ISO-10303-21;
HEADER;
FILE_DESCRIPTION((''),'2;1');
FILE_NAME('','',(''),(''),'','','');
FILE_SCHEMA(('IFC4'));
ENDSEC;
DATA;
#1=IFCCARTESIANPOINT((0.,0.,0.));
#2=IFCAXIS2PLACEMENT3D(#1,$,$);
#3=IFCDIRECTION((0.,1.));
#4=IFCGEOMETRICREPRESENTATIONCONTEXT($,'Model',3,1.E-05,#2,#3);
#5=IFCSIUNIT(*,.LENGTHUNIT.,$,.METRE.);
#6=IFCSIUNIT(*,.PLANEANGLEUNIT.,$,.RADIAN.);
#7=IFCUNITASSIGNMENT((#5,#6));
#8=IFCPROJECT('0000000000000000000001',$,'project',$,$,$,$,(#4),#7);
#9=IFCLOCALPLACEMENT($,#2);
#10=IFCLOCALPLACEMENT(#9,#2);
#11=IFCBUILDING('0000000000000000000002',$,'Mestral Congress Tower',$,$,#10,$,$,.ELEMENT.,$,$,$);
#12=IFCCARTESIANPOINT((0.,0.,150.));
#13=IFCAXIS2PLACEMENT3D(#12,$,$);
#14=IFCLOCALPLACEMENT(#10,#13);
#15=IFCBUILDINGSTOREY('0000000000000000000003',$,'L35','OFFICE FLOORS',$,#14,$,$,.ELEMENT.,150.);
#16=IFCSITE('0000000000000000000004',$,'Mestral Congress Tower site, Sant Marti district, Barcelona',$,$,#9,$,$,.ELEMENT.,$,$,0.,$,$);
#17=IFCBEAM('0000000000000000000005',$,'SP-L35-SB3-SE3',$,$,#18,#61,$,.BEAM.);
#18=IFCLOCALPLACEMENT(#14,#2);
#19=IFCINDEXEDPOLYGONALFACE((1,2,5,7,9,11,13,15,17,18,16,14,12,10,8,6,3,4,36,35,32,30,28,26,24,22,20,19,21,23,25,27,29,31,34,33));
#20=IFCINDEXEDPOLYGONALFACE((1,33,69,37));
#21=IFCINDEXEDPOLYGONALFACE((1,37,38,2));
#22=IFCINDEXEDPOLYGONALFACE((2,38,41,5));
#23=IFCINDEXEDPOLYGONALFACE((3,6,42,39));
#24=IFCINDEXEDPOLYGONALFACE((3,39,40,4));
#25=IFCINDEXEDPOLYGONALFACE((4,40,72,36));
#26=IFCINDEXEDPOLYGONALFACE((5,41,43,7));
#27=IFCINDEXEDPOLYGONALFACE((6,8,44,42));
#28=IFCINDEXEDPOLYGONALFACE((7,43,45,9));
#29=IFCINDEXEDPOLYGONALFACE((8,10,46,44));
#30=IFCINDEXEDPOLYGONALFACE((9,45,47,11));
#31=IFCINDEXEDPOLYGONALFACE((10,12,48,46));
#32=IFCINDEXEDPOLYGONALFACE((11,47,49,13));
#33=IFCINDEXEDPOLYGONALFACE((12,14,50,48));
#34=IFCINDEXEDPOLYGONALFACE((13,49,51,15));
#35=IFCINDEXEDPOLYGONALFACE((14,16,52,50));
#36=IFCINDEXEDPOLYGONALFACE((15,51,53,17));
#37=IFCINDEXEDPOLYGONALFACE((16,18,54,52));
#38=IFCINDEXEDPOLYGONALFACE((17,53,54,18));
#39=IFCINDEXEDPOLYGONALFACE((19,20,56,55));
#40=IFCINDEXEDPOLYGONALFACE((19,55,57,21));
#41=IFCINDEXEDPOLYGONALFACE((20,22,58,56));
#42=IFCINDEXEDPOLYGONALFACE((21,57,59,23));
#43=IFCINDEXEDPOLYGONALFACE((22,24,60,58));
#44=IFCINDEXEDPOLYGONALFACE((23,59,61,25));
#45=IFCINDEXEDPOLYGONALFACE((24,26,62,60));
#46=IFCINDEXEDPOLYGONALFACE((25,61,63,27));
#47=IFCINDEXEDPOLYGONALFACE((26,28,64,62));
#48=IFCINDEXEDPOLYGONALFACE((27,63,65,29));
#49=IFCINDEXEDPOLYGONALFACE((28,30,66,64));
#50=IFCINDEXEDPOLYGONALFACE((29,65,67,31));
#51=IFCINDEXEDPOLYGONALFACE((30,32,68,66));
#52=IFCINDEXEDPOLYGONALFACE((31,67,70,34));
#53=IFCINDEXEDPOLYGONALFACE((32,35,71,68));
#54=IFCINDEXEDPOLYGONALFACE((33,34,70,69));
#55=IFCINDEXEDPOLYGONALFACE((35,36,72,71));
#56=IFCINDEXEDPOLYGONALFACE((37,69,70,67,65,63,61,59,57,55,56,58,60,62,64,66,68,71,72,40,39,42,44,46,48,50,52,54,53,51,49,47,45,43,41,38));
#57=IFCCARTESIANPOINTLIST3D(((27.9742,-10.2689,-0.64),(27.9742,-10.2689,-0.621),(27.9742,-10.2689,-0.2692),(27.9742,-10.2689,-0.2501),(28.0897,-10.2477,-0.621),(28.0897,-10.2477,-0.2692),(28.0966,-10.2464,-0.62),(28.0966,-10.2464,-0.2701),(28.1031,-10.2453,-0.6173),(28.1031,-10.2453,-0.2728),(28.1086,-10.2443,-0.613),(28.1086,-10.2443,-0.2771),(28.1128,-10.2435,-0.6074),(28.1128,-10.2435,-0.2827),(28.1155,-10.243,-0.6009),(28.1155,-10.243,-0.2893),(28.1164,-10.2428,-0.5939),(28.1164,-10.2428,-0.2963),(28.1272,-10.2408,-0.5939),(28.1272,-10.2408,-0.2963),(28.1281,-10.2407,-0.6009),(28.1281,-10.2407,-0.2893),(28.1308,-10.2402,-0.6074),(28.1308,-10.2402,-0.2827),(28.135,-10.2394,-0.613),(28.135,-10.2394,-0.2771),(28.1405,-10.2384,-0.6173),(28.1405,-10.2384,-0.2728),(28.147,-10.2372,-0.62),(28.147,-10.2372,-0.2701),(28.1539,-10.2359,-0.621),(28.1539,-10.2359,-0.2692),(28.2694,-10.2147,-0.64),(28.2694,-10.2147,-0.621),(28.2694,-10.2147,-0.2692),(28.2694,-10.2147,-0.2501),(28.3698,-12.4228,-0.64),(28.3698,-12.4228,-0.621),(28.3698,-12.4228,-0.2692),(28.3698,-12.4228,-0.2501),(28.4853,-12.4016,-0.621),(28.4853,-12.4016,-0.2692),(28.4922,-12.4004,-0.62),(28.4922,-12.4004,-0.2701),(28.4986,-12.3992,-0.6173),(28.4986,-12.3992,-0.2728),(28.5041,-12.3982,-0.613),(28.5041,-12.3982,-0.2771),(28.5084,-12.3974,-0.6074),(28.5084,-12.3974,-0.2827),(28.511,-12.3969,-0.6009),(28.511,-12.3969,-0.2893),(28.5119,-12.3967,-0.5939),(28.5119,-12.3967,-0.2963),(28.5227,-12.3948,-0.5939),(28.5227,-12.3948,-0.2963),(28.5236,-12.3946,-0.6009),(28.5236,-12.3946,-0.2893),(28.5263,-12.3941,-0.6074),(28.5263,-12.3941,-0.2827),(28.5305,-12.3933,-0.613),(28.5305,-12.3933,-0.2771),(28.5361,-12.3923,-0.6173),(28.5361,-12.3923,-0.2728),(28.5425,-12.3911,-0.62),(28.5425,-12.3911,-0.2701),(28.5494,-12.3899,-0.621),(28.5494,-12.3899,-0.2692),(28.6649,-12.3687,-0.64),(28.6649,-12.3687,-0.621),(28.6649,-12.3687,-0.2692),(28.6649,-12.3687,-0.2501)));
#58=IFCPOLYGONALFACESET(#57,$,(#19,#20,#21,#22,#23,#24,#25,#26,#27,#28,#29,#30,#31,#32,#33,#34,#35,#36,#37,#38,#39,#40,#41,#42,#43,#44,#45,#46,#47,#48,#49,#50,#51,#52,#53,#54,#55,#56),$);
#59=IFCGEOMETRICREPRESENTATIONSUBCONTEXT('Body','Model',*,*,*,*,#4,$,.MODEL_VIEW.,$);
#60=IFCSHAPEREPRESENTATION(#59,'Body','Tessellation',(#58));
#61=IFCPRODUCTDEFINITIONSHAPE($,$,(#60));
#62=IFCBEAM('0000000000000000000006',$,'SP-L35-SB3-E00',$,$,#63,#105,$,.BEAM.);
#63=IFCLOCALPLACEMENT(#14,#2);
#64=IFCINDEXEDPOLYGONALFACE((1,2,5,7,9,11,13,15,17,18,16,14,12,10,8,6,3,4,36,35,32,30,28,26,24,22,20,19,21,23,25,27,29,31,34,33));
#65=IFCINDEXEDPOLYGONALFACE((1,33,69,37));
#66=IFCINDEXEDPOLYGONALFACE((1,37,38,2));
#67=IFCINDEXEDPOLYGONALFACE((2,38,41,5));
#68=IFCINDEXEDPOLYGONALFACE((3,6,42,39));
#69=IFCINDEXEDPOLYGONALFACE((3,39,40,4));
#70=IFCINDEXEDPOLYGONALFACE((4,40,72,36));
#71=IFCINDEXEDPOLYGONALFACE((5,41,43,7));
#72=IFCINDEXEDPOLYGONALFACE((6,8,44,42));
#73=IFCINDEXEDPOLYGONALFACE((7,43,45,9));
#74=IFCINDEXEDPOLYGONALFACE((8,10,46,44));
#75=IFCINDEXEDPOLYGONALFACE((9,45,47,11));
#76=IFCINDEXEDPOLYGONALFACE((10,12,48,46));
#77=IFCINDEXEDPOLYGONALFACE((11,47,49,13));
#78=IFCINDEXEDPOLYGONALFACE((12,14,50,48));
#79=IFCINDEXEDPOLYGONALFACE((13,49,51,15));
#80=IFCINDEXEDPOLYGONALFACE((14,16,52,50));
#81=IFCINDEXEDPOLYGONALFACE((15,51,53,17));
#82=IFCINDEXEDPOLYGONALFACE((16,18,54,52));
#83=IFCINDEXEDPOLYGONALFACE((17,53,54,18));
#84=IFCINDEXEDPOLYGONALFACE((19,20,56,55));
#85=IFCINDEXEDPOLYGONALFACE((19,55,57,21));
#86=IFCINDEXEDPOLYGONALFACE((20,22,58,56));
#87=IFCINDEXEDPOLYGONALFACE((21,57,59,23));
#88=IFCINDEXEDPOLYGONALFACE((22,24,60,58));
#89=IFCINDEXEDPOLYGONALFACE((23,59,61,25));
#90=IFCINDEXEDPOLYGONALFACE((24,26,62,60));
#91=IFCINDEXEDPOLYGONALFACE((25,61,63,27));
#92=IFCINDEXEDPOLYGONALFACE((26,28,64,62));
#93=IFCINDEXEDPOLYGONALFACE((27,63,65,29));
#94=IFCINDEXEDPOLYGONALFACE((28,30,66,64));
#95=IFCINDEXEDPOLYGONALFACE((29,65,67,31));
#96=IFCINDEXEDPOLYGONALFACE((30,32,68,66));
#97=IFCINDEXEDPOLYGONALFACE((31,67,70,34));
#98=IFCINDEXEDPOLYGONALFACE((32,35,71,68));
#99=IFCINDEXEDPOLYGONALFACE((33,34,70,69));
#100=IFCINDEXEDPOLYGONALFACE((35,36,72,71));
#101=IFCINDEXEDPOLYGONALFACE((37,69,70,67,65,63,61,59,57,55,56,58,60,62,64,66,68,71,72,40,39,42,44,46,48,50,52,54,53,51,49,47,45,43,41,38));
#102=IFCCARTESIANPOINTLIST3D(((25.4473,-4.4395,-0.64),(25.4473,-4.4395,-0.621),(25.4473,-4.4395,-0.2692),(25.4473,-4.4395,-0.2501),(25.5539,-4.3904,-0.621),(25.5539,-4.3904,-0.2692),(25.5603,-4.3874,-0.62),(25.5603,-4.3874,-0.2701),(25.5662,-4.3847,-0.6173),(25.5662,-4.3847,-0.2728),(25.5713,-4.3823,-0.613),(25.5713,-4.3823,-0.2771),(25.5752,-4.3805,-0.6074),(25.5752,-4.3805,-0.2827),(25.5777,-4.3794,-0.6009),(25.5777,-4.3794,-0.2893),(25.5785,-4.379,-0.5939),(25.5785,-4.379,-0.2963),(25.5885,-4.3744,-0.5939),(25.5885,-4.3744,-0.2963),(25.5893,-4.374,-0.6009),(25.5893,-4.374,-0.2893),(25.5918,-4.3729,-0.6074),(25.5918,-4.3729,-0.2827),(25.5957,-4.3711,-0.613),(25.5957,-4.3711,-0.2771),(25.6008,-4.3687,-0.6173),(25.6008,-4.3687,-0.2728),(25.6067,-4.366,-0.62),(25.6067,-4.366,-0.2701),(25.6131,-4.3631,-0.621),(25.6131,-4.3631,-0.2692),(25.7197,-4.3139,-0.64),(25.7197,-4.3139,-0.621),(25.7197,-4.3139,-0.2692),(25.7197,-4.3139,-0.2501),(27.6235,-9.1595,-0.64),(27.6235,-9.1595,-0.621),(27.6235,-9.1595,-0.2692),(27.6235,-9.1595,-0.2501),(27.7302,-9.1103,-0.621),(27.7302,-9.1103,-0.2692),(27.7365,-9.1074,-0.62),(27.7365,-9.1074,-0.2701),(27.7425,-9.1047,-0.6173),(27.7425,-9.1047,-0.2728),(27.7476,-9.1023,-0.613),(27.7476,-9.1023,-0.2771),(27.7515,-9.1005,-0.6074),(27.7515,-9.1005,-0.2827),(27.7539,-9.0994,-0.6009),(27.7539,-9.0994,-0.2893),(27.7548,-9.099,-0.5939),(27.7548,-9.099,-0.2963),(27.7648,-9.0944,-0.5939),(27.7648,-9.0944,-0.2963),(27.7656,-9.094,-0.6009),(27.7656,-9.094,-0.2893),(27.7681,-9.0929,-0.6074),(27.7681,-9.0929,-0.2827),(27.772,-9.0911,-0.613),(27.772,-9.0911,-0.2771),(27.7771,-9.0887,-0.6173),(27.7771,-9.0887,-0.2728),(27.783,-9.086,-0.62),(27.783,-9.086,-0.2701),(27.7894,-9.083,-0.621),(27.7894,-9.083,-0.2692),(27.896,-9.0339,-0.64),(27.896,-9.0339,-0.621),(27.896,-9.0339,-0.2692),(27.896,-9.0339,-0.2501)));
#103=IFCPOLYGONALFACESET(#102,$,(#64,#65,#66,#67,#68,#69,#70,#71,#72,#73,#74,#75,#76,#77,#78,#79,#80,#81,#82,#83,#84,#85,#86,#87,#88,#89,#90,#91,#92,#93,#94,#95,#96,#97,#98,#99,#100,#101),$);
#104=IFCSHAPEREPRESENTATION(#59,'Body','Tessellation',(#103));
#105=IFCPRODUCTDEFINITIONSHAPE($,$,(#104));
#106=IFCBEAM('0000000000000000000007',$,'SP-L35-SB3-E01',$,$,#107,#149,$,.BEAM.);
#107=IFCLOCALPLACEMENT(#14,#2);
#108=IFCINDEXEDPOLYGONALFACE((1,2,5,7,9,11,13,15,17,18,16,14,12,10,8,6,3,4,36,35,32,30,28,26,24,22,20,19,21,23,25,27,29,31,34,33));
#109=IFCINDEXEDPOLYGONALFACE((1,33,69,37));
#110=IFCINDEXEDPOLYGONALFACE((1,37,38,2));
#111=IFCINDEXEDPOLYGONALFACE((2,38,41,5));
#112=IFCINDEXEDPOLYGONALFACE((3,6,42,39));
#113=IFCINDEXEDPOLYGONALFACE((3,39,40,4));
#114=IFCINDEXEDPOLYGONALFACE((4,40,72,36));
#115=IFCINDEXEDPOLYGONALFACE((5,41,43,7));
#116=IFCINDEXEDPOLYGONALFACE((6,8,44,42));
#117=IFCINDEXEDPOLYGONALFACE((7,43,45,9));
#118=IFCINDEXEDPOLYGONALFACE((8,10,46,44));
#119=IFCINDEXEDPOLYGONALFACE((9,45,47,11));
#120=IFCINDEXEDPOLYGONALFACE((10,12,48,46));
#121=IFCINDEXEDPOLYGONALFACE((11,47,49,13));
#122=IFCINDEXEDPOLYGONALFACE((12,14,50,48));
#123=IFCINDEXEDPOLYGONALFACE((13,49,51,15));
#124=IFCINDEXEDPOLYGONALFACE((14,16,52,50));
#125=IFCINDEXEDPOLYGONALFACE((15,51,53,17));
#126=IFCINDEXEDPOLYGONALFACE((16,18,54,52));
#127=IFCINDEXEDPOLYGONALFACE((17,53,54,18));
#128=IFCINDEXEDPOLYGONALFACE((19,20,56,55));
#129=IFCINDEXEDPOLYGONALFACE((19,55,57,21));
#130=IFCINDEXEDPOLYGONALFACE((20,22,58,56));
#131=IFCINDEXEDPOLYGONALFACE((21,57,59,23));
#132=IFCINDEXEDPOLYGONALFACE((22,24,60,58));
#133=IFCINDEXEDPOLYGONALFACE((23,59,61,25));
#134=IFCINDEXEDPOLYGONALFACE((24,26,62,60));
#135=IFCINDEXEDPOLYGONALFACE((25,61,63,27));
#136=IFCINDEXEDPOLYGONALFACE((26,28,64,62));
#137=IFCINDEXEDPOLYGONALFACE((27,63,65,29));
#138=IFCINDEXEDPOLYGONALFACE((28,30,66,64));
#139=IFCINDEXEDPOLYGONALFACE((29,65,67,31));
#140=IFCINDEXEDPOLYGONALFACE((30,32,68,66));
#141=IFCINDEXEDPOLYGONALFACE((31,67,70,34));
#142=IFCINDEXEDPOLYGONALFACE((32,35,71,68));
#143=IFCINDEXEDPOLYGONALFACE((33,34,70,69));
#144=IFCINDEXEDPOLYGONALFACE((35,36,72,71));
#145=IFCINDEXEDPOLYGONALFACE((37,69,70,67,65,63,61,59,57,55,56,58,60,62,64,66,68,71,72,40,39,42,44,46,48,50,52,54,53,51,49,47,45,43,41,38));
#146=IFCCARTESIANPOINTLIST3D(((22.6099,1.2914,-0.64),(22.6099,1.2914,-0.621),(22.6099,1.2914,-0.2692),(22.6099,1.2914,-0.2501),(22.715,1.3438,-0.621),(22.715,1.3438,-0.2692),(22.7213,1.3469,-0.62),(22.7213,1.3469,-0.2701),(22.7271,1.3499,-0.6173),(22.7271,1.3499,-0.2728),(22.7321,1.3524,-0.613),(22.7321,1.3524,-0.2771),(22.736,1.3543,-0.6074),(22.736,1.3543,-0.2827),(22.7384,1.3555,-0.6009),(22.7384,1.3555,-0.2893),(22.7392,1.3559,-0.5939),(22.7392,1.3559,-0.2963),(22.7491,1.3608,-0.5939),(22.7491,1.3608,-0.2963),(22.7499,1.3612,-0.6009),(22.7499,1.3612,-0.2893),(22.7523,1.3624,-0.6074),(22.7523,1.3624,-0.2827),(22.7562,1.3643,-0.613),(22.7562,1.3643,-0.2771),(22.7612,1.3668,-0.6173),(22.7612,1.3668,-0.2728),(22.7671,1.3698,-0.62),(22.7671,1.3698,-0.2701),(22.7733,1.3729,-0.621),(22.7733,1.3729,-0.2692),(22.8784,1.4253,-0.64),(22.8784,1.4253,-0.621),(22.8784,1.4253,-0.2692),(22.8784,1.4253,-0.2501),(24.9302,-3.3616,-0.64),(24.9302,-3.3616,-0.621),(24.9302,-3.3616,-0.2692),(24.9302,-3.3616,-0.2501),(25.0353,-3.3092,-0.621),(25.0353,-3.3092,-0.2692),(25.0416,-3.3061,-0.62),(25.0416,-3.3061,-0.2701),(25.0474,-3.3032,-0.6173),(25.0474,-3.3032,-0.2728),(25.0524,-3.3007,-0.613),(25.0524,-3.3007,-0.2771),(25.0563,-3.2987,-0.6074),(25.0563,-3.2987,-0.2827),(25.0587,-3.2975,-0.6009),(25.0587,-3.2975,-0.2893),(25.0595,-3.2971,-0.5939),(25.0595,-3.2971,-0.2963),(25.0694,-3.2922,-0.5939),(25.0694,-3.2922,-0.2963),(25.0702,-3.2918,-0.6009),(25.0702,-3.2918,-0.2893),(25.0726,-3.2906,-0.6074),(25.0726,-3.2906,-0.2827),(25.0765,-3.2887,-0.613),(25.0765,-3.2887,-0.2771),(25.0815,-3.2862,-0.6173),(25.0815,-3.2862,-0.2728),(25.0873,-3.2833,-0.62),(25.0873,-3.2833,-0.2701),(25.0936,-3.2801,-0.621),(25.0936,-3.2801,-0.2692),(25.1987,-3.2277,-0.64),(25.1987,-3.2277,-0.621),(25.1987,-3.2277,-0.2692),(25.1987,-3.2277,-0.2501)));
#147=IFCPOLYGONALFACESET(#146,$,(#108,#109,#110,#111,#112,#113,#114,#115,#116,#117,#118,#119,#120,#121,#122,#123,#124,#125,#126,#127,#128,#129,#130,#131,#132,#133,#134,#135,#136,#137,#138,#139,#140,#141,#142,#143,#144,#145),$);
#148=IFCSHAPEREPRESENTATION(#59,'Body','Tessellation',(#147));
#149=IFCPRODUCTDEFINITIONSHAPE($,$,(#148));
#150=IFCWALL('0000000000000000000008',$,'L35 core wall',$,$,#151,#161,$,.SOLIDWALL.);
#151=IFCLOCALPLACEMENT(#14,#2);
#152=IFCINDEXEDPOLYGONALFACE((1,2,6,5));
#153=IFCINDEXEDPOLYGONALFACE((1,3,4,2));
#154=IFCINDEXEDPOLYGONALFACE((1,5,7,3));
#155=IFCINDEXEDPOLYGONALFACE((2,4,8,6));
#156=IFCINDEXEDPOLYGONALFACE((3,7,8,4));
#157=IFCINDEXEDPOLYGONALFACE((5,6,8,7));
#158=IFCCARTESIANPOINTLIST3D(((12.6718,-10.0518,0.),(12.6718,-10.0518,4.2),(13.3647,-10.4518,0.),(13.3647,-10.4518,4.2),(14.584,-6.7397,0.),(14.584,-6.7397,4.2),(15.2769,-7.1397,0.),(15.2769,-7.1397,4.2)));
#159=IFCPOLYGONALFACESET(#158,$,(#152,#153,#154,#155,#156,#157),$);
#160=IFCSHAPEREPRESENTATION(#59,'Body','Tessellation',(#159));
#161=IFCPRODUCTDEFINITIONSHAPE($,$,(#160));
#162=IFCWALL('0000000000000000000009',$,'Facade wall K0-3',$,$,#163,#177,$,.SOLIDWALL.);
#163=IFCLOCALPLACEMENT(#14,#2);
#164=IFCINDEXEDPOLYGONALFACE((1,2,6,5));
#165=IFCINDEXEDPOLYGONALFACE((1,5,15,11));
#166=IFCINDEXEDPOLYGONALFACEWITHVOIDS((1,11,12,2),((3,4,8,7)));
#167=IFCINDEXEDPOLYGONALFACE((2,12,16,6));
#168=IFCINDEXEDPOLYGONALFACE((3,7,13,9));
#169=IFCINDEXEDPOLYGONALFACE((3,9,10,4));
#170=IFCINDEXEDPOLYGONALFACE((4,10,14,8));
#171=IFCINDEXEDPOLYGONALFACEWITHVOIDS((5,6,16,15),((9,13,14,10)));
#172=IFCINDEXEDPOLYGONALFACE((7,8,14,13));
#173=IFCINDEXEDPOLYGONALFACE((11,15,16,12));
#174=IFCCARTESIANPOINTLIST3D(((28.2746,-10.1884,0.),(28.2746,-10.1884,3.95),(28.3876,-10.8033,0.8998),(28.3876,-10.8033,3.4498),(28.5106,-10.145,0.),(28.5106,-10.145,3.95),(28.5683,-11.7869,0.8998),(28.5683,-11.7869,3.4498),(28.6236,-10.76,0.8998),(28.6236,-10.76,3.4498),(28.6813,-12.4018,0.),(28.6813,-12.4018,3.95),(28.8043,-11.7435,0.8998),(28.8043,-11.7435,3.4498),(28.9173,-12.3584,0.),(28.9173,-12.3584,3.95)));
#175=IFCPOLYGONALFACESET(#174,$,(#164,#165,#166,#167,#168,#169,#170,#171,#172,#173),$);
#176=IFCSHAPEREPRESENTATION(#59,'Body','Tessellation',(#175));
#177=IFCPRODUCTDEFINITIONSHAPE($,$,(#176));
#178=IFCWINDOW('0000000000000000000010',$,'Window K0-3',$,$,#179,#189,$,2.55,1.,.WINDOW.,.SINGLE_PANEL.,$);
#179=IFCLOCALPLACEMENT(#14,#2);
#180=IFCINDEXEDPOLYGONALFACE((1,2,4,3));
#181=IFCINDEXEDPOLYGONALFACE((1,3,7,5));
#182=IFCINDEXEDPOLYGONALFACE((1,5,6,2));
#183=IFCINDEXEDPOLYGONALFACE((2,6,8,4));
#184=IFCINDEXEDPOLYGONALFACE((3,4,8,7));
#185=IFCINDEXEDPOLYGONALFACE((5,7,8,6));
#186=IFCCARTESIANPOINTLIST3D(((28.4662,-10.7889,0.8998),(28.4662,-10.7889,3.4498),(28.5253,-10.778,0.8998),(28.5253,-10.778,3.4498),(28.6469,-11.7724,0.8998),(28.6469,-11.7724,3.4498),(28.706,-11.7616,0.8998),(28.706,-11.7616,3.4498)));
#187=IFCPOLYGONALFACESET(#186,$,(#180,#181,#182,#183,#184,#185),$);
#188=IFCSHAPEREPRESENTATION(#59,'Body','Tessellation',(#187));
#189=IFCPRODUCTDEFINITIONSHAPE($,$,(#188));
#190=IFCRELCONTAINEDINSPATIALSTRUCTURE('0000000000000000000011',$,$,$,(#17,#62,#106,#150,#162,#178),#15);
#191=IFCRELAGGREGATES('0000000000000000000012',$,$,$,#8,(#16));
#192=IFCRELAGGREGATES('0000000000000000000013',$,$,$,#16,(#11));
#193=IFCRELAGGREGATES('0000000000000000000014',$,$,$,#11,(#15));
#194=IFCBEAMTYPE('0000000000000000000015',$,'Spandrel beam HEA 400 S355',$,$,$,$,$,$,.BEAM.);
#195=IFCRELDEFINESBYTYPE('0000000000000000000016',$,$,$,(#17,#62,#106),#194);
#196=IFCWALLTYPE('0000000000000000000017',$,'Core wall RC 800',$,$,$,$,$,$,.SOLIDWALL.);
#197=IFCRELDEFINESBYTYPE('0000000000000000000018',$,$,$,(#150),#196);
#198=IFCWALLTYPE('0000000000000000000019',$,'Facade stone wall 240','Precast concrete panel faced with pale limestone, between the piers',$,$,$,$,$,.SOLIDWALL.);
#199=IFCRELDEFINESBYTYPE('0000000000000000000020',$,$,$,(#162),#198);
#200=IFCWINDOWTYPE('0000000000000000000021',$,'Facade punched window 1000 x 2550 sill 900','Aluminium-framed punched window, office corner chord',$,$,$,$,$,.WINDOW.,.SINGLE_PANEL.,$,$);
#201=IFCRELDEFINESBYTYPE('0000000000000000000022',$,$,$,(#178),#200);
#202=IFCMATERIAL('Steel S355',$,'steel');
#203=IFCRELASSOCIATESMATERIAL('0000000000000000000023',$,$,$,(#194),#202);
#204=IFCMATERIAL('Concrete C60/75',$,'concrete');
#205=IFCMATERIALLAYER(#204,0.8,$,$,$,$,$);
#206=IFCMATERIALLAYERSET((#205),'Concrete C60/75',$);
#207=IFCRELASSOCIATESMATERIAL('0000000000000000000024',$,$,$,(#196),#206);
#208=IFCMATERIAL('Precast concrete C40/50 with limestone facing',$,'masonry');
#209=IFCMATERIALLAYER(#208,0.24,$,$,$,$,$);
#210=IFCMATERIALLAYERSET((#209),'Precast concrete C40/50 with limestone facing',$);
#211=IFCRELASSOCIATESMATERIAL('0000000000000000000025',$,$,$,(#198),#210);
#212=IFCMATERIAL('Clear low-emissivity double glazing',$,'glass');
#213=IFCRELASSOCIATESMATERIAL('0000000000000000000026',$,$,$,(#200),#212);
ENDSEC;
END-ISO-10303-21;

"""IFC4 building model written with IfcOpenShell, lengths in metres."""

from ifc_helpers import new_model, si_unit, direction, frame, frame_2d, origin, origin_2d, place, context, subcontext, project, spatial, rectangle, i_section, extrude, material, layer, layer_set, material_profile, profile_set, type_object, element, fill, save


model = new_model("IFC4")

# Units and contexts
model_context = context("Model", 3, precision=1e-05, world=origin(), true_north=direction((0.0, 1.0)))
body_context = subcontext(model_context, "Body", "Model", "MODEL_VIEW")
ifc_project = project(units=[si_unit("LENGTHUNIT", "METRE"), si_unit("PLANEANGLEUNIT", "RADIAN")], contexts=[model_context])

# Site, building, storey
site_placement = place(None, origin())
site = spatial("IfcSite", under=ifc_project, at=site_placement, Name="Mestral Congress Tower site, Sant Marti district, Barcelona", CompositionType="ELEMENT", RefElevation=0.0)
building_placement = place(site_placement, origin())
building = spatial("IfcBuilding", under=site, at=building_placement, Name="Mestral Congress Tower", CompositionType="ELEMENT")
storey_placement = place(building_placement, frame((0.0, 0.0, 150.0)))
storey = spatial("IfcBuildingStorey", under=building, at=storey_placement, Name="L35", Description="OFFICE FLOORS", CompositionType="ELEMENT", Elevation=150.0)

# Shared definitions
ifc_material_1 = material(Name="Concrete C60/75", Category="concrete")

# Beams
ifc_material_2 = material(Name="Steel S355", Category="steel")
ifc_material_profile_1 = material_profile(ifc_material_2, i_section(OverallWidth=0.3, OverallDepth=0.3899, WebThickness=0.011, FlangeThickness=0.019, FilletRadius=0.0271, at=origin_2d()), Name="HEA 400")
ifc_profile_set_1 = profile_set([ifc_material_profile_1], Name="Steel S355")
beam_type_1 = type_object("IfcBeamType", Name="Spandrel beam HEA 400 S355", PredefinedType="BEAM", material=ifc_profile_set_1)
beam_1_placement = place(storey_placement, frame((28.5173, -12.3958, -0.4451), z_axis=(-0.180612, 0.983554, 0.0), x_axis=(-0.983554, -0.180612, 0.0)))
element("IfcBeam", 1, at=beam_1_placement, inside=storey, type_object=beam_type_1, Name="SP-L35-SB3-SE3", PredefinedType="BEAM", context=body_context, shape_type="SweptSolid", body=[
    extrude(i_section(OverallWidth=0.3, OverallDepth=0.3899, WebThickness=0.011, FlangeThickness=0.019, FilletRadius=0.0271, at=origin_2d()), origin(), (0.0, 0.0, 1.0), 2.1899),
])
beam_2_placement = place(storey_placement, frame((27.7598, -9.0967, -0.4451), z_axis=(-0.418713, 0.908119, 0.0), x_axis=(-0.908119, -0.418713, 0.0)))
element("IfcBeam", 2, at=beam_2_placement, inside=storey, type_object=beam_type_1, Name="SP-L35-SB3-E00", PredefinedType="BEAM", context=body_context, shape_type="SweptSolid", body=[
    extrude(i_section(OverallWidth=0.3, OverallDepth=0.3899, WebThickness=0.011, FlangeThickness=0.019, FilletRadius=0.0271, at=origin_2d()), origin(), (0.0, 0.0, 1.0), 5.1975),
])
beam_3_placement = place(storey_placement, frame((25.0645, -3.2947, -0.4451), z_axis=(-0.446255, 0.894906, 0.0), x_axis=(-0.894906, -0.446255, 0.0)))
element("IfcBeam", 3, at=beam_3_placement, inside=storey, type_object=beam_type_1, Name="SP-L35-SB3-E01", PredefinedType="BEAM", context=body_context, shape_type="SweptSolid", body=[
    extrude(i_section(OverallWidth=0.3, OverallDepth=0.3899, WebThickness=0.011, FlangeThickness=0.019, FilletRadius=0.0271, at=origin_2d()), origin(), (0.0, 0.0, 1.0), 5.1995),
])

# Wall
ifc_layer_1 = layer(ifc_material_1, 0.8)
ifc_layer_set_1 = layer_set([ifc_layer_1], Name="Concrete C60/75")
wall_type_1 = type_object("IfcWallType", Name="Core wall RC 800", PredefinedType="SOLIDWALL", material=ifc_layer_set_1)
wall_1_placement = place(storey_placement, frame((13.0183, -10.2517, 0.0), z_axis=(0.0, 0.0, 1.0), x_axis=(0.499984, 0.866035, 0.0)))
element("IfcWall", 4, at=wall_1_placement, inside=storey, type_object=wall_type_1, Name="L35 core wall", PredefinedType="SOLIDWALL", context=body_context, shape_type="SweptSolid", body=[
    extrude(rectangle(XDim=3.8245, YDim=0.8, at=frame_2d((1.9121, 0.0))), origin(), (0.0, 0.0, 1.0), 4.2),
])

# Wall, opening, window
ifc_material_3 = material(Name="Precast concrete C40/50 with limestone facing", Category="masonry")
ifc_layer_2 = layer(ifc_material_3, 0.24)
ifc_layer_set_2 = layer_set([ifc_layer_2], Name="Precast concrete C40/50 with limestone facing")
wall_type_2 = type_object("IfcWallType", Name="Facade stone wall 240", Description="Precast concrete panel faced with pale limestone, between the piers", PredefinedType="SOLIDWALL", material=ifc_layer_set_2)
wall_2_placement = place(storey_placement, frame((28.7993, -12.3801, 0.0), z_axis=(0.0, 0.0, 1.0), x_axis=(-0.180737, 0.983531, 0.0)))
wall_2 = element("IfcWall", 5, at=wall_2_placement, inside=storey, type_object=wall_type_2, Name="Facade wall K0-3", PredefinedType="SOLIDWALL", context=body_context, shape_type="SweptSolid", body=[
    extrude(rectangle(XDim=2.2505, YDim=0.24, at=frame_2d((1.1252, 0.0))), origin(), (0.0, 0.0, 1.0), 3.95),
])
opening_1_placement = place(wall_2_placement, frame((0.6252, 0.0, 0.8999)))
opening_1 = element("IfcOpeningElement", 6, at=opening_1_placement, cuts=wall_2, PredefinedType="OPENING", context=body_context, shape_type="SweptSolid", body=[
    extrude(rectangle(XDim=1.0, YDim=2.55, at=frame_2d((0.5, 1.2749))), frame((0.0, 0.1299, 0.0), z_axis=(0.0, -1.0, 0.0), x_axis=(1.0, 0.0, 0.0)), (0.0, 0.0, 1.0), 0.26),
])
ifc_material_4 = material(Name="Clear low-emissivity double glazing", Category="glass")
window_type_1 = type_object("IfcWindowType", Name="Facade punched window 1000 x 2550 sill 900", Description="Aluminium-framed punched window, office corner chord", PartitioningType="SINGLE_PANEL", PredefinedType="WINDOW", material=ifc_material_4)
window_1_placement = place(opening_1_placement, origin())
window_1 = element("IfcWindow", 7, at=window_1_placement, inside=storey, type_object=window_type_1, Name="Window K0-3", OverallHeight=2.55, OverallWidth=1.0, PartitioningType="SINGLE_PANEL", PredefinedType="WINDOW", context=body_context, shape_type="SweptSolid", body=[
    extrude(rectangle(XDim=1.0, YDim=2.55, at=frame_2d((0.5, 1.2749))), frame((0.0, 0.04, 0.0), z_axis=(0.0, -1.0, 0.0), x_axis=(1.0, 0.0, 0.0)), (0.0, 0.0, 1.0), 0.0601),
])
fill(opening_1, window_1)

save(model, "model.ifc")
